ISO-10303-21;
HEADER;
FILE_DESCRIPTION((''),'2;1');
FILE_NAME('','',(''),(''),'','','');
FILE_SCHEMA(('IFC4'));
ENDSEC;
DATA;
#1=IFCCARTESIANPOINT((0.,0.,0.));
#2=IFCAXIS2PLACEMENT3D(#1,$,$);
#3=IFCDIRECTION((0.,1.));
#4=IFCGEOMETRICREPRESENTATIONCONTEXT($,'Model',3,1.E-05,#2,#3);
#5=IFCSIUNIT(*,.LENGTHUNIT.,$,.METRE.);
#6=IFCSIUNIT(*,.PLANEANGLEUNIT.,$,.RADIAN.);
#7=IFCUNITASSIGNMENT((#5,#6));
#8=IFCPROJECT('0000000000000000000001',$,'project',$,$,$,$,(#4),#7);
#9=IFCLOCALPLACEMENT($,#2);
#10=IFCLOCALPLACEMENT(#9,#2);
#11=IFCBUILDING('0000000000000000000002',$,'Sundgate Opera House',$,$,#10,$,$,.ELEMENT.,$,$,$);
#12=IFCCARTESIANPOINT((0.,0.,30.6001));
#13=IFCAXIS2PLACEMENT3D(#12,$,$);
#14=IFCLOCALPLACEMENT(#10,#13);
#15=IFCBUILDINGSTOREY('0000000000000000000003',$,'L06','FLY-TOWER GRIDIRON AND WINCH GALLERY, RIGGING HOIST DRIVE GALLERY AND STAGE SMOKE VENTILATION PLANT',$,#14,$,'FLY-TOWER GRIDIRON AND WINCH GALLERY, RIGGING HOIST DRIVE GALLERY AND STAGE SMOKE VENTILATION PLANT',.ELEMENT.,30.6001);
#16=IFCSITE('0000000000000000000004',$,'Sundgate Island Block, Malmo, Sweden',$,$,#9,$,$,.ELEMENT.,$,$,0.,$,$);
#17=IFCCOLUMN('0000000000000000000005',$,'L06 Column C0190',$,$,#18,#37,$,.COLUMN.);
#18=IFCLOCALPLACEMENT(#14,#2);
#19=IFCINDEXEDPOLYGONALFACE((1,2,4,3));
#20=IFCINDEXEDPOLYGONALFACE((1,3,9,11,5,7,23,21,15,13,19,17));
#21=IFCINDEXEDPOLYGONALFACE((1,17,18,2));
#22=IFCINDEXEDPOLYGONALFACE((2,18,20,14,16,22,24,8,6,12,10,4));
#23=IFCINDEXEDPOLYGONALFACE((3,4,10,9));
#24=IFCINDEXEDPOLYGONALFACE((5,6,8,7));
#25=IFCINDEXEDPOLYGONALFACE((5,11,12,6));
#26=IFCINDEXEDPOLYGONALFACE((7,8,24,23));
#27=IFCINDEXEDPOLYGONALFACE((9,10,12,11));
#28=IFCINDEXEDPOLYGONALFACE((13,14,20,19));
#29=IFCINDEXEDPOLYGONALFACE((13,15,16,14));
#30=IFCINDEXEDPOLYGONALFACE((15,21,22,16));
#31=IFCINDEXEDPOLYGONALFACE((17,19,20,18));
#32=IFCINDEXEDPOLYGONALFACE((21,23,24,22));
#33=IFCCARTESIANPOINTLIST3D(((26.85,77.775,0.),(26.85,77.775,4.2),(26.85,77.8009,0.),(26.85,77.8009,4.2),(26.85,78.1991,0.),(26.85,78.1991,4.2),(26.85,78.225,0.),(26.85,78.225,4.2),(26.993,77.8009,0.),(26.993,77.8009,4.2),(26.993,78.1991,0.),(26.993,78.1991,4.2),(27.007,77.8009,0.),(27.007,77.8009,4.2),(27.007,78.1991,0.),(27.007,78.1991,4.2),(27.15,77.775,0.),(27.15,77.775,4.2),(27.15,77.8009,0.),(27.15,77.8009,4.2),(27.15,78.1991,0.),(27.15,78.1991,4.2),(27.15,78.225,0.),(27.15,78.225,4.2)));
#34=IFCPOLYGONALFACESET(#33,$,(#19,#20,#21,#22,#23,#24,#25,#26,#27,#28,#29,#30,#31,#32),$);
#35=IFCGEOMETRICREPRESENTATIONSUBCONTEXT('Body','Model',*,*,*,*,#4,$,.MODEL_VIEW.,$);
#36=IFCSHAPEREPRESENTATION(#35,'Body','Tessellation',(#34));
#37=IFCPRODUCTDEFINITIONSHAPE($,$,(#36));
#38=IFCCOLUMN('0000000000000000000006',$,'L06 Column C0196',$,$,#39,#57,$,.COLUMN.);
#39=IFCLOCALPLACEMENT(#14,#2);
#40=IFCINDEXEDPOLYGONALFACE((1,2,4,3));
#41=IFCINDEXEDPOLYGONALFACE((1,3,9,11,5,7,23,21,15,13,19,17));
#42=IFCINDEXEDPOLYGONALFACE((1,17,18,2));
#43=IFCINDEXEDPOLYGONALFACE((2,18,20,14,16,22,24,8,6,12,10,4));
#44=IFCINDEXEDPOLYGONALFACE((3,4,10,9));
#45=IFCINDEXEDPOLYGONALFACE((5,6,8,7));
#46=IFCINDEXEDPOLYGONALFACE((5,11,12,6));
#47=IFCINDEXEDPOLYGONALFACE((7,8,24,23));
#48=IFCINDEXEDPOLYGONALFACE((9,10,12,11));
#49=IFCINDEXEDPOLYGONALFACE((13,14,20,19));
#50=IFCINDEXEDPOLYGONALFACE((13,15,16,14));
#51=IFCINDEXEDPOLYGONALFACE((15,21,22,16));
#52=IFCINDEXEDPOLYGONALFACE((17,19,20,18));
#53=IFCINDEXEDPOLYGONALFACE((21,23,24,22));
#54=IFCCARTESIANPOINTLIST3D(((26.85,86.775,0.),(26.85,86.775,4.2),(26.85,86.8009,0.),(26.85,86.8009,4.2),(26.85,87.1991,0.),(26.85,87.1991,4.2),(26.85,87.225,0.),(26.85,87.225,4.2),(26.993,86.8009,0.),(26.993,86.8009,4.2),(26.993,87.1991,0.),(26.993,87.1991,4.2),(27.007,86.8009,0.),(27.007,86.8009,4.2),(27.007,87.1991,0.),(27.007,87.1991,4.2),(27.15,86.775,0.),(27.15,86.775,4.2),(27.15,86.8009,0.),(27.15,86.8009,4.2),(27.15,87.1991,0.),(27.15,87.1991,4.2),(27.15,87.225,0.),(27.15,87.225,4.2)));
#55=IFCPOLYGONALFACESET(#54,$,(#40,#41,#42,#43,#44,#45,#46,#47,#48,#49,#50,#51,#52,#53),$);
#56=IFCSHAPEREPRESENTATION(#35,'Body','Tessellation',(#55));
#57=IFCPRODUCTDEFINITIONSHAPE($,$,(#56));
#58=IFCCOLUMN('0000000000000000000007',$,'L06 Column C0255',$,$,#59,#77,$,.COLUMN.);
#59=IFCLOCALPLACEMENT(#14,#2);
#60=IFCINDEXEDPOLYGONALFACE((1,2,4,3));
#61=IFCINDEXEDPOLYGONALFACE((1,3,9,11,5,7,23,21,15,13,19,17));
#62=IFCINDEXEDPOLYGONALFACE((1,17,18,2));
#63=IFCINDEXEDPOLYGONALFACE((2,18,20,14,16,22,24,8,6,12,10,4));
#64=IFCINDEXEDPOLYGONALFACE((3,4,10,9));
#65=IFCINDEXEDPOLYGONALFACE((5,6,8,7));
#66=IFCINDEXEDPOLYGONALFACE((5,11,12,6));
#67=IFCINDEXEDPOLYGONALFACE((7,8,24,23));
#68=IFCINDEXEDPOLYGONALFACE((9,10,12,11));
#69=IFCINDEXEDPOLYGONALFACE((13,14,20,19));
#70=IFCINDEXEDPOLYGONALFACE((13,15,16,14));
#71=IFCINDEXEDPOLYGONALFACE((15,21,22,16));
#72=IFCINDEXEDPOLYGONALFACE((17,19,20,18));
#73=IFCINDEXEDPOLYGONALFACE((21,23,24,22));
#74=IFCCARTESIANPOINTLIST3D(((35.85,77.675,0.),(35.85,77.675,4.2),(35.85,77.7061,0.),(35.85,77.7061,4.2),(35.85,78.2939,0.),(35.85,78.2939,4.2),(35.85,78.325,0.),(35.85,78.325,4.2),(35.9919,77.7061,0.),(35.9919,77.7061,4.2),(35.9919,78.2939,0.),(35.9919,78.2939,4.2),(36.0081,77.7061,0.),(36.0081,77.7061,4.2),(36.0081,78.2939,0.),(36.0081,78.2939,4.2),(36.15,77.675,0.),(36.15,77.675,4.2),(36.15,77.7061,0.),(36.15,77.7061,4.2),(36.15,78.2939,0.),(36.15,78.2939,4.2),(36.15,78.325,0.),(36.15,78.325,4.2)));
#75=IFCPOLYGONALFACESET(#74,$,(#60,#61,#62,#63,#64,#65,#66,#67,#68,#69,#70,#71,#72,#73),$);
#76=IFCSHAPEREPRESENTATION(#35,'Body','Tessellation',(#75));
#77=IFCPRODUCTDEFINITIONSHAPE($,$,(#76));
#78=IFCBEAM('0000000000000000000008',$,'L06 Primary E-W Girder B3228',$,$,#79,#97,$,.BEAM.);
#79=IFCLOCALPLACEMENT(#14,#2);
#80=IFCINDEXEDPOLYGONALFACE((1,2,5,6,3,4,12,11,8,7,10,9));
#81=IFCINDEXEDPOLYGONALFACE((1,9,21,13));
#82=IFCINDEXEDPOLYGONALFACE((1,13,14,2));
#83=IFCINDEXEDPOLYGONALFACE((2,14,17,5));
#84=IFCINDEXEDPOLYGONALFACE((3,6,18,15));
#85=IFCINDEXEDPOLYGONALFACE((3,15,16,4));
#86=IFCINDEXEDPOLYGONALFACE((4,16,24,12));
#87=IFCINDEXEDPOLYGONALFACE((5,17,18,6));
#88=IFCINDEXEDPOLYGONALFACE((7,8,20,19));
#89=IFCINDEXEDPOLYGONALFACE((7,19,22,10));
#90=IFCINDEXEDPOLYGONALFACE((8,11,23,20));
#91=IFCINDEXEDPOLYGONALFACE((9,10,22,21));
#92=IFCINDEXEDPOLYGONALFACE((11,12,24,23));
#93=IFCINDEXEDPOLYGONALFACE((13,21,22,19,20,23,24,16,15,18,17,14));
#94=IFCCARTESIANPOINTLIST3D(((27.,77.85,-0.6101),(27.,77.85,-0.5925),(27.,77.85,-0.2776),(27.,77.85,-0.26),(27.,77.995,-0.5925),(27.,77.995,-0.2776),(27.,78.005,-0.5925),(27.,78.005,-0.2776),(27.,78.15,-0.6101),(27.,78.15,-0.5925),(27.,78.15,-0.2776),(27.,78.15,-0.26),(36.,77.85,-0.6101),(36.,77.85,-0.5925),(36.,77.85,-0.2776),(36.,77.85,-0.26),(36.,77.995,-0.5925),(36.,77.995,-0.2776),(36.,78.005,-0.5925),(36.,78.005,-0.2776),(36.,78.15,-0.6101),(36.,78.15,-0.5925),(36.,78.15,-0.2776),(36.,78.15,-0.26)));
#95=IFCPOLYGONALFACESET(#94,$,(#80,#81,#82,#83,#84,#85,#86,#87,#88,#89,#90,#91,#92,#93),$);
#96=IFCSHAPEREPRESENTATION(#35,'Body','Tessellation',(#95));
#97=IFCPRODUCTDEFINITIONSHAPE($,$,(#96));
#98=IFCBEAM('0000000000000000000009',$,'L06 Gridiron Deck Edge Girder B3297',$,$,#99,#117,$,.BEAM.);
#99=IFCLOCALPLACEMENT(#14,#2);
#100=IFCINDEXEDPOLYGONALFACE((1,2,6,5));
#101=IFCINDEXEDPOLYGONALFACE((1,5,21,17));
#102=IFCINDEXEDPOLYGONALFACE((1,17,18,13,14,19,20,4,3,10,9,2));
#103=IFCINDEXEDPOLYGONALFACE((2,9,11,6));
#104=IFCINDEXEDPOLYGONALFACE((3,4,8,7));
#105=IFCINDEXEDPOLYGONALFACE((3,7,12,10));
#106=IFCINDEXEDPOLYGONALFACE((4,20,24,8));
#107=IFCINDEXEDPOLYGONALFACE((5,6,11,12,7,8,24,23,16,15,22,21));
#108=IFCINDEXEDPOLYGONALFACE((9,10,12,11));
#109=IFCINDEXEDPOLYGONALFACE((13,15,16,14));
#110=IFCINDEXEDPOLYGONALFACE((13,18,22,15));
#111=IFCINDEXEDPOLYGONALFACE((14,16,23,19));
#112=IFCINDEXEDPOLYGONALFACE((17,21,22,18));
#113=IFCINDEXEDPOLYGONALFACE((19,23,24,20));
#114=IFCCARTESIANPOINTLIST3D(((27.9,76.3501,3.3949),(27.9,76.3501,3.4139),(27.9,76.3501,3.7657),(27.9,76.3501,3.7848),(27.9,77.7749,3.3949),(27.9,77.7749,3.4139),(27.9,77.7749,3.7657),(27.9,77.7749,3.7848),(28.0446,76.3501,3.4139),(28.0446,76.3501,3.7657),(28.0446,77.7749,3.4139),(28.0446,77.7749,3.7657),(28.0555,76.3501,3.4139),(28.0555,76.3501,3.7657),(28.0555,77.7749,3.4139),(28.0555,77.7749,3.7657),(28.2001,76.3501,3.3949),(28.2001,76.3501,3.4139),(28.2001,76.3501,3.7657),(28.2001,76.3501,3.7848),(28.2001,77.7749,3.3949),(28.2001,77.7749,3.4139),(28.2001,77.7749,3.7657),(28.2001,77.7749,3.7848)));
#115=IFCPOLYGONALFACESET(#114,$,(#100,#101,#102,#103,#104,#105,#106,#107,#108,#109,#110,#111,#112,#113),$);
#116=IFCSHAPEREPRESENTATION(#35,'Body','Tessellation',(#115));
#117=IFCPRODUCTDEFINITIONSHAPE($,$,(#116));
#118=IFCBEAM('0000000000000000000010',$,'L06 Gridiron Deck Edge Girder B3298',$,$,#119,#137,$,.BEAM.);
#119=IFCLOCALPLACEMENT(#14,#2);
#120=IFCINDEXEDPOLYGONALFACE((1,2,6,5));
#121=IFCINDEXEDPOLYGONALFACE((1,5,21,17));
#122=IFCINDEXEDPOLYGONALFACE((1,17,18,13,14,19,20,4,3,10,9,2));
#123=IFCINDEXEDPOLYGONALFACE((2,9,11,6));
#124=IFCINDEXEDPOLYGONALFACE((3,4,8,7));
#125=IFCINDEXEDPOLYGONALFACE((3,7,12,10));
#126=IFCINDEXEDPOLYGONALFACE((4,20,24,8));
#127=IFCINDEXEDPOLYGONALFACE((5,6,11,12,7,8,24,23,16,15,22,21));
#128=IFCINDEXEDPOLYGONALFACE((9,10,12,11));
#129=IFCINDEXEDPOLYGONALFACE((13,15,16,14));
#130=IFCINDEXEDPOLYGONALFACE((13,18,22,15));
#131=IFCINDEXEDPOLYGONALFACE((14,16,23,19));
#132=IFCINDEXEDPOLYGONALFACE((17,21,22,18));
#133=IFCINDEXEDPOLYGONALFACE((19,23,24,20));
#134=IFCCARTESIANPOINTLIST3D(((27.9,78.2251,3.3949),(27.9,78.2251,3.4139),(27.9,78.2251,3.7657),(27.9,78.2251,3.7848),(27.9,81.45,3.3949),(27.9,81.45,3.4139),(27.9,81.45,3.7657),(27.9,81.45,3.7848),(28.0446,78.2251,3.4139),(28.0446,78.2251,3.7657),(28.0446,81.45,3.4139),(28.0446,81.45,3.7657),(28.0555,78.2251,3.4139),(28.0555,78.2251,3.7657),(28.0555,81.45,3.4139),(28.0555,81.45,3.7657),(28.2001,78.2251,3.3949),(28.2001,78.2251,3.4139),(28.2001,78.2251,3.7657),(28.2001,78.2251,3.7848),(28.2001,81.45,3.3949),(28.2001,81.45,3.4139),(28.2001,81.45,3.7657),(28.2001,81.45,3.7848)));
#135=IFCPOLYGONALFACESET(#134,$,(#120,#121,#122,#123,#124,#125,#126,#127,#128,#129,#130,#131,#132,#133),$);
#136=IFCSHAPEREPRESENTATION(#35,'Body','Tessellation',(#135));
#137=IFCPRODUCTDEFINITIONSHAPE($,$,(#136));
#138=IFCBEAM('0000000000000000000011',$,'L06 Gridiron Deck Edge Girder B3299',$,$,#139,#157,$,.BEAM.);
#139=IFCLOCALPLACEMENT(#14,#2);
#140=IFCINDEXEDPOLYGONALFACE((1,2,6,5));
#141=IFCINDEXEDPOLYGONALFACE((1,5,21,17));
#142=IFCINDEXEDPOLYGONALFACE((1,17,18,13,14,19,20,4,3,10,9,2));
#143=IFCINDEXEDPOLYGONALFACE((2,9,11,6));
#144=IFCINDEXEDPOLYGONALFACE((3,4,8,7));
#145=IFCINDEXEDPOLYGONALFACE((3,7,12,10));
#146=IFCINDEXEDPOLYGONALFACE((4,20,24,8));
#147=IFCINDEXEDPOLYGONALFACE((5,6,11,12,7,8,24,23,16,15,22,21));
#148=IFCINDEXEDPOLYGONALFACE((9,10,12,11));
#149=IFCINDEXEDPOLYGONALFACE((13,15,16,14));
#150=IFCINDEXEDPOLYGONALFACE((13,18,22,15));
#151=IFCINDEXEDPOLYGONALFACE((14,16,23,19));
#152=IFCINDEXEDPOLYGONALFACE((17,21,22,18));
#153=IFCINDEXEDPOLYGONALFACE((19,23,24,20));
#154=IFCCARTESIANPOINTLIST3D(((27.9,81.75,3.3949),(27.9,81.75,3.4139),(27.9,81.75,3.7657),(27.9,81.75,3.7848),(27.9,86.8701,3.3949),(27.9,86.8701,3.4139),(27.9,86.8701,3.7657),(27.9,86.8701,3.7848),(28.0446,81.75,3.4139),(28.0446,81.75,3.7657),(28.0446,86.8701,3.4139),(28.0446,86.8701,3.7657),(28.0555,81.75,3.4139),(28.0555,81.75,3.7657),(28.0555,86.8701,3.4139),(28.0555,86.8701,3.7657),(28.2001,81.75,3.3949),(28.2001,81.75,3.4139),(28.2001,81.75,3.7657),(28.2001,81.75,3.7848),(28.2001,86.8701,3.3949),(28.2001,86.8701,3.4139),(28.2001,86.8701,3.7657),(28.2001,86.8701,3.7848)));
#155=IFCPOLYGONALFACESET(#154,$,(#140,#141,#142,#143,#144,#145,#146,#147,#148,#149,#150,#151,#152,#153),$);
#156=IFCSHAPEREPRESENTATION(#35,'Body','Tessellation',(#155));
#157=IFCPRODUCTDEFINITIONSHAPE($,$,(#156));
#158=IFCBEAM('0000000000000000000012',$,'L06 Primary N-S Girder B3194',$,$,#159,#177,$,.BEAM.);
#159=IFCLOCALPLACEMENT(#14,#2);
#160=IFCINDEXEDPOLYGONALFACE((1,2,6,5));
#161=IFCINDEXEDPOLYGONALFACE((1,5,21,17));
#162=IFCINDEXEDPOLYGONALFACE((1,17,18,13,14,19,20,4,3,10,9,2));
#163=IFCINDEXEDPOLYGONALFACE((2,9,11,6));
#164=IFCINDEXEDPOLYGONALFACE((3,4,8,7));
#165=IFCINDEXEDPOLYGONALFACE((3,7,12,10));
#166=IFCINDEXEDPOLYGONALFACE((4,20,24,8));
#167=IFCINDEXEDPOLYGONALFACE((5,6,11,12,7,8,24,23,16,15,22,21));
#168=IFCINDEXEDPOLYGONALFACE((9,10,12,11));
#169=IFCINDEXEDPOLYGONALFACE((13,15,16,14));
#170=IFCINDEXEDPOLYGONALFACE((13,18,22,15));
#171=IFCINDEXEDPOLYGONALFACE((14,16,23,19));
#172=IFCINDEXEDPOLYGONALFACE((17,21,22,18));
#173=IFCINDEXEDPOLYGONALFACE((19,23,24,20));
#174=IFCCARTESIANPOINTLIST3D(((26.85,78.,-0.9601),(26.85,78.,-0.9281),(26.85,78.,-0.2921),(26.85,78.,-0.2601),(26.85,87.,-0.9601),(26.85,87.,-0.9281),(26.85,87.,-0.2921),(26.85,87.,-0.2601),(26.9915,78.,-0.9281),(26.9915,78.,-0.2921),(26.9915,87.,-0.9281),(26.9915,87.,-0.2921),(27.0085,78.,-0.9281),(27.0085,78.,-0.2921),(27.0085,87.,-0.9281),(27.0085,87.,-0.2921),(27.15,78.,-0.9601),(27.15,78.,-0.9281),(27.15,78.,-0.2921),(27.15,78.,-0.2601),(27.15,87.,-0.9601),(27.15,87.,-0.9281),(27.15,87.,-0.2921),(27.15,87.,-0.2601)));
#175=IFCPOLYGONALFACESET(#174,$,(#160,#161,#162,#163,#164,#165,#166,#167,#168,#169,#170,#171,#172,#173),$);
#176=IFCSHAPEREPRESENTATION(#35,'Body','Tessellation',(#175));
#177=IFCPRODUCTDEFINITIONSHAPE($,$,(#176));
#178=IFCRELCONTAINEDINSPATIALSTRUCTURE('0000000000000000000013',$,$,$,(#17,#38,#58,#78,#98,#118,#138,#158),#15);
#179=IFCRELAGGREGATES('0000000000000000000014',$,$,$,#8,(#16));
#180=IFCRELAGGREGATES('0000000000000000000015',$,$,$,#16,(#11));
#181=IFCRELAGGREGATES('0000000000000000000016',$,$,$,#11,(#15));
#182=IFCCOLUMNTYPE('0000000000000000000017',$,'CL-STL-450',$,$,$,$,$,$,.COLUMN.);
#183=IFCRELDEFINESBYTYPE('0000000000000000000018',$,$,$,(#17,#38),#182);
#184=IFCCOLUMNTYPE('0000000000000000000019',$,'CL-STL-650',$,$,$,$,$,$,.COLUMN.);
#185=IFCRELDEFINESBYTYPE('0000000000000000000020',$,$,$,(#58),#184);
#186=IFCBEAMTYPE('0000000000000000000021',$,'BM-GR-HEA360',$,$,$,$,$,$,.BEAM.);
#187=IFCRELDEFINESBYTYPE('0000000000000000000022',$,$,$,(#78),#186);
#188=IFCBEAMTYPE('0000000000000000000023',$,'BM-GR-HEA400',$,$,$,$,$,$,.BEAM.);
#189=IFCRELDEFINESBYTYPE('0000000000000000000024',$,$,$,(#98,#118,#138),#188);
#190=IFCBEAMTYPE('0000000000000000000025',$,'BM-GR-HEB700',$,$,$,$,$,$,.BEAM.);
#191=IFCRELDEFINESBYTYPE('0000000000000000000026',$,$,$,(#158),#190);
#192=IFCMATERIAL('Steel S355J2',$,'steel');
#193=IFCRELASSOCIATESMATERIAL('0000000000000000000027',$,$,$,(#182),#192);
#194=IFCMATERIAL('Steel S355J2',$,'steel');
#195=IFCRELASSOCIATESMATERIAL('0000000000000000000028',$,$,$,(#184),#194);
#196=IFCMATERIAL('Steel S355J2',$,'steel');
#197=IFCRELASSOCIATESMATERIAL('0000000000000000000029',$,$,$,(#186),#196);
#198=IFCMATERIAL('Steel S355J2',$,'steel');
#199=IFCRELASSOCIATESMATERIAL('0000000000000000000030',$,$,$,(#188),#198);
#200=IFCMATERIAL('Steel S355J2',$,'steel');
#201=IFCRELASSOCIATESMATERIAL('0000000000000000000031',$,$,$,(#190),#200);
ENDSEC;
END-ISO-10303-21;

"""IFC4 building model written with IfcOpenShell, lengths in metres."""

from ifc_helpers import new_model, si_unit, direction, frame, origin, origin_2d, place, context, subcontext, project, spatial, i_section, extrude, material, material_profile, profile_set, type_object, element, save


model = new_model("IFC4")

# Units and contexts
model_context = context("Model", 3, precision=1e-05, world=origin(), true_north=direction((0.0, 1.0)))
body_context = subcontext(model_context, "Body", "Model", "MODEL_VIEW")
ifc_project = project(units=[si_unit("LENGTHUNIT", "METRE"), si_unit("PLANEANGLEUNIT", "RADIAN")], contexts=[model_context])

# Site, building, storey
site_placement = place(None, origin())
site = spatial("IfcSite", under=ifc_project, at=site_placement, Name="Sundgate Island Block, Malmo, Sweden", CompositionType="ELEMENT", RefElevation=0.0)
building_placement = place(site_placement, origin())
building = spatial("IfcBuilding", under=site, at=building_placement, Name="Sundgate Opera House", CompositionType="ELEMENT")
storey_placement = place(building_placement, frame((0.0, 0.0, 30.6001)))
storey = spatial("IfcBuildingStorey", under=building, at=storey_placement, Name="L06", Description="FLY-TOWER GRIDIRON AND WINCH GALLERY, RIGGING HOIST DRIVE GALLERY AND STAGE SMOKE VENTILATION PLANT", LongName="FLY-TOWER GRIDIRON AND WINCH GALLERY, RIGGING HOIST DRIVE GALLERY AND STAGE SMOKE VENTILATION PLANT", CompositionType="ELEMENT", Elevation=30.6001)

# Columns
ifc_material_1 = material(Name="Steel S355J2", Category="steel")
ifc_material_profile_1 = material_profile(ifc_material_1, i_section(OverallWidth=0.3, OverallDepth=0.45, WebThickness=0.0139, FlangeThickness=0.0259, at=origin_2d()), Name="HEB 450")
ifc_profile_set_1 = profile_set([ifc_material_profile_1], Name="Steel S355J2")
column_type_1 = type_object("IfcColumnType", Name="CL-STL-450", PredefinedType="COLUMN", material=ifc_profile_set_1)
for number, where, z_axis, x_axis, name in (
    (1, (27.0, 78.0, 0.0), (0.0, 0.0, 1.0), (1.0, 0.0, 0.0), "L06 Column C0190"),
    (2, (27.0, 87.0, 0.0), (0.0, 0.0, 1.0), (1.0, 0.0, 0.0), "L06 Column C0196"),
):
    element("IfcColumn", number, at=place(storey_placement, frame(where, z_axis=z_axis, x_axis=x_axis)), inside=storey, type_object=column_type_1, Name=name, PredefinedType="COLUMN", context=body_context, shape_type="SweptSolid", body=[
        extrude(i_section(OverallWidth=0.3, OverallDepth=0.45, WebThickness=0.0139, FlangeThickness=0.0259, at=origin_2d()), origin(), (0.0, 0.0, 1.0), 4.2),
    ])
ifc_material_2 = material(Name="Steel S355J2", Category="steel")
ifc_material_profile_2 = material_profile(ifc_material_2, i_section(OverallWidth=0.3, OverallDepth=0.6499, WebThickness=0.0161, FlangeThickness=0.031, at=origin_2d()), Name="HEB 650")
ifc_profile_set_2 = profile_set([ifc_material_profile_2], Name="Steel S355J2")
column_type_2 = type_object("IfcColumnType", Name="CL-STL-650", PredefinedType="COLUMN", material=ifc_profile_set_2)
column_placement = place(storey_placement, frame((36.0, 78.0, 0.0), z_axis=(0.0, 0.0, 1.0), x_axis=(1.0, 0.0, 0.0)))
element("IfcColumn", 3, at=column_placement, inside=storey, type_object=column_type_2, Name="L06 Column C0255", PredefinedType="COLUMN", context=body_context, shape_type="SweptSolid", body=[
    extrude(i_section(OverallWidth=0.3, OverallDepth=0.6499, WebThickness=0.0161, FlangeThickness=0.031, at=origin_2d()), origin(), (0.0, 0.0, 1.0), 4.2),
])

# Beams
ifc_material_3 = material(Name="Steel S355J2", Category="steel")
ifc_material_profile_3 = material_profile(ifc_material_3, i_section(OverallWidth=0.3, OverallDepth=0.3501, WebThickness=0.01, FlangeThickness=0.0176, at=origin_2d()), Name="HEA 360")
ifc_profile_set_3 = profile_set([ifc_material_profile_3], Name="Steel S355J2")
beam_type_1 = type_object("IfcBeamType", Name="BM-GR-HEA360", PredefinedType="BEAM", material=ifc_profile_set_3)
beam_1_placement = place(storey_placement, frame((27.0, 78.0, -0.4351), z_axis=(1.0, 0.0, 0.0), x_axis=(0.0, 1.0, 0.0)))
element("IfcBeam", 4, at=beam_1_placement, inside=storey, type_object=beam_type_1, Name="L06 Primary E-W Girder B3228", PredefinedType="BEAM", context=body_context, shape_type="SweptSolid", body=[
    extrude(i_section(OverallWidth=0.3, OverallDepth=0.3501, WebThickness=0.01, FlangeThickness=0.0176, at=origin_2d()), origin(), (0.0, 0.0, 1.0), 9.0),
])
ifc_material_4 = material(Name="Steel S355J2", Category="steel")
ifc_material_profile_4 = material_profile(ifc_material_4, i_section(OverallWidth=0.3, OverallDepth=0.3899, WebThickness=0.011, FlangeThickness=0.019, at=origin_2d()), Name="HEA 400")
ifc_profile_set_4 = profile_set([ifc_material_profile_4], Name="Steel S355J2")
beam_type_2 = type_object("IfcBeamType", Name="BM-GR-HEA400", PredefinedType="BEAM", material=ifc_profile_set_4)
beam_2_placement = place(storey_placement, frame((28.05, 76.3501, 3.5898), z_axis=(0.0, 1.0, 0.0), x_axis=(-1.0, 0.0, 0.0)))
element("IfcBeam", 5, at=beam_2_placement, inside=storey, type_object=beam_type_2, Name="L06 Gridiron Deck Edge Girder B3297", PredefinedType="BEAM", context=body_context, shape_type="SweptSolid", body=[
    extrude(i_section(OverallWidth=0.3, OverallDepth=0.3899, WebThickness=0.011, FlangeThickness=0.019, at=origin_2d()), origin(), (0.0, 0.0, 1.0), 1.4248),
])
beam_3_placement = place(storey_placement, frame((28.05, 78.2251, 3.5898), z_axis=(0.0, 1.0, 0.0), x_axis=(-1.0, 0.0, 0.0)))
element("IfcBeam", 6, at=beam_3_placement, inside=storey, type_object=beam_type_2, Name="L06 Gridiron Deck Edge Girder B3298", PredefinedType="BEAM", context=body_context, shape_type="SweptSolid", body=[
    extrude(i_section(OverallWidth=0.3, OverallDepth=0.3899, WebThickness=0.011, FlangeThickness=0.019, at=origin_2d()), origin(), (0.0, 0.0, 1.0), 3.2249),
])
beam_4_placement = place(storey_placement, frame((28.05, 81.75, 3.5898), z_axis=(0.0, 1.0, 0.0), x_axis=(-1.0, 0.0, 0.0)))
element("IfcBeam", 7, at=beam_4_placement, inside=storey, type_object=beam_type_2, Name="L06 Gridiron Deck Edge Girder B3299", PredefinedType="BEAM", context=body_context, shape_type="SweptSolid", body=[
    extrude(i_section(OverallWidth=0.3, OverallDepth=0.3899, WebThickness=0.011, FlangeThickness=0.019, at=origin_2d()), origin(), (0.0, 0.0, 1.0), 5.1201),
])
ifc_material_5 = material(Name="Steel S355J2", Category="steel")
ifc_material_profile_5 = material_profile(ifc_material_5, i_section(OverallWidth=0.3, OverallDepth=0.7, WebThickness=0.0171, FlangeThickness=0.032, at=origin_2d()), Name="HEB 700")
ifc_profile_set_5 = profile_set([ifc_material_profile_5], Name="Steel S355J2")
beam_type_3 = type_object("IfcBeamType", Name="BM-GR-HEB700", PredefinedType="BEAM", material=ifc_profile_set_5)
beam_5_placement = place(storey_placement, frame((27.0, 78.0, -0.6101), z_axis=(0.0, 1.0, 0.0), x_axis=(-1.0, 0.0, 0.0)))
element("IfcBeam", 8, at=beam_5_placement, inside=storey, type_object=beam_type_3, Name="L06 Primary N-S Girder B3194", PredefinedType="BEAM", context=body_context, shape_type="SweptSolid", body=[
    extrude(i_section(OverallWidth=0.3, OverallDepth=0.7, WebThickness=0.0171, FlangeThickness=0.032, at=origin_2d()), origin(), (0.0, 0.0, 1.0), 9.0),
])

save(model, "model.ifc")
